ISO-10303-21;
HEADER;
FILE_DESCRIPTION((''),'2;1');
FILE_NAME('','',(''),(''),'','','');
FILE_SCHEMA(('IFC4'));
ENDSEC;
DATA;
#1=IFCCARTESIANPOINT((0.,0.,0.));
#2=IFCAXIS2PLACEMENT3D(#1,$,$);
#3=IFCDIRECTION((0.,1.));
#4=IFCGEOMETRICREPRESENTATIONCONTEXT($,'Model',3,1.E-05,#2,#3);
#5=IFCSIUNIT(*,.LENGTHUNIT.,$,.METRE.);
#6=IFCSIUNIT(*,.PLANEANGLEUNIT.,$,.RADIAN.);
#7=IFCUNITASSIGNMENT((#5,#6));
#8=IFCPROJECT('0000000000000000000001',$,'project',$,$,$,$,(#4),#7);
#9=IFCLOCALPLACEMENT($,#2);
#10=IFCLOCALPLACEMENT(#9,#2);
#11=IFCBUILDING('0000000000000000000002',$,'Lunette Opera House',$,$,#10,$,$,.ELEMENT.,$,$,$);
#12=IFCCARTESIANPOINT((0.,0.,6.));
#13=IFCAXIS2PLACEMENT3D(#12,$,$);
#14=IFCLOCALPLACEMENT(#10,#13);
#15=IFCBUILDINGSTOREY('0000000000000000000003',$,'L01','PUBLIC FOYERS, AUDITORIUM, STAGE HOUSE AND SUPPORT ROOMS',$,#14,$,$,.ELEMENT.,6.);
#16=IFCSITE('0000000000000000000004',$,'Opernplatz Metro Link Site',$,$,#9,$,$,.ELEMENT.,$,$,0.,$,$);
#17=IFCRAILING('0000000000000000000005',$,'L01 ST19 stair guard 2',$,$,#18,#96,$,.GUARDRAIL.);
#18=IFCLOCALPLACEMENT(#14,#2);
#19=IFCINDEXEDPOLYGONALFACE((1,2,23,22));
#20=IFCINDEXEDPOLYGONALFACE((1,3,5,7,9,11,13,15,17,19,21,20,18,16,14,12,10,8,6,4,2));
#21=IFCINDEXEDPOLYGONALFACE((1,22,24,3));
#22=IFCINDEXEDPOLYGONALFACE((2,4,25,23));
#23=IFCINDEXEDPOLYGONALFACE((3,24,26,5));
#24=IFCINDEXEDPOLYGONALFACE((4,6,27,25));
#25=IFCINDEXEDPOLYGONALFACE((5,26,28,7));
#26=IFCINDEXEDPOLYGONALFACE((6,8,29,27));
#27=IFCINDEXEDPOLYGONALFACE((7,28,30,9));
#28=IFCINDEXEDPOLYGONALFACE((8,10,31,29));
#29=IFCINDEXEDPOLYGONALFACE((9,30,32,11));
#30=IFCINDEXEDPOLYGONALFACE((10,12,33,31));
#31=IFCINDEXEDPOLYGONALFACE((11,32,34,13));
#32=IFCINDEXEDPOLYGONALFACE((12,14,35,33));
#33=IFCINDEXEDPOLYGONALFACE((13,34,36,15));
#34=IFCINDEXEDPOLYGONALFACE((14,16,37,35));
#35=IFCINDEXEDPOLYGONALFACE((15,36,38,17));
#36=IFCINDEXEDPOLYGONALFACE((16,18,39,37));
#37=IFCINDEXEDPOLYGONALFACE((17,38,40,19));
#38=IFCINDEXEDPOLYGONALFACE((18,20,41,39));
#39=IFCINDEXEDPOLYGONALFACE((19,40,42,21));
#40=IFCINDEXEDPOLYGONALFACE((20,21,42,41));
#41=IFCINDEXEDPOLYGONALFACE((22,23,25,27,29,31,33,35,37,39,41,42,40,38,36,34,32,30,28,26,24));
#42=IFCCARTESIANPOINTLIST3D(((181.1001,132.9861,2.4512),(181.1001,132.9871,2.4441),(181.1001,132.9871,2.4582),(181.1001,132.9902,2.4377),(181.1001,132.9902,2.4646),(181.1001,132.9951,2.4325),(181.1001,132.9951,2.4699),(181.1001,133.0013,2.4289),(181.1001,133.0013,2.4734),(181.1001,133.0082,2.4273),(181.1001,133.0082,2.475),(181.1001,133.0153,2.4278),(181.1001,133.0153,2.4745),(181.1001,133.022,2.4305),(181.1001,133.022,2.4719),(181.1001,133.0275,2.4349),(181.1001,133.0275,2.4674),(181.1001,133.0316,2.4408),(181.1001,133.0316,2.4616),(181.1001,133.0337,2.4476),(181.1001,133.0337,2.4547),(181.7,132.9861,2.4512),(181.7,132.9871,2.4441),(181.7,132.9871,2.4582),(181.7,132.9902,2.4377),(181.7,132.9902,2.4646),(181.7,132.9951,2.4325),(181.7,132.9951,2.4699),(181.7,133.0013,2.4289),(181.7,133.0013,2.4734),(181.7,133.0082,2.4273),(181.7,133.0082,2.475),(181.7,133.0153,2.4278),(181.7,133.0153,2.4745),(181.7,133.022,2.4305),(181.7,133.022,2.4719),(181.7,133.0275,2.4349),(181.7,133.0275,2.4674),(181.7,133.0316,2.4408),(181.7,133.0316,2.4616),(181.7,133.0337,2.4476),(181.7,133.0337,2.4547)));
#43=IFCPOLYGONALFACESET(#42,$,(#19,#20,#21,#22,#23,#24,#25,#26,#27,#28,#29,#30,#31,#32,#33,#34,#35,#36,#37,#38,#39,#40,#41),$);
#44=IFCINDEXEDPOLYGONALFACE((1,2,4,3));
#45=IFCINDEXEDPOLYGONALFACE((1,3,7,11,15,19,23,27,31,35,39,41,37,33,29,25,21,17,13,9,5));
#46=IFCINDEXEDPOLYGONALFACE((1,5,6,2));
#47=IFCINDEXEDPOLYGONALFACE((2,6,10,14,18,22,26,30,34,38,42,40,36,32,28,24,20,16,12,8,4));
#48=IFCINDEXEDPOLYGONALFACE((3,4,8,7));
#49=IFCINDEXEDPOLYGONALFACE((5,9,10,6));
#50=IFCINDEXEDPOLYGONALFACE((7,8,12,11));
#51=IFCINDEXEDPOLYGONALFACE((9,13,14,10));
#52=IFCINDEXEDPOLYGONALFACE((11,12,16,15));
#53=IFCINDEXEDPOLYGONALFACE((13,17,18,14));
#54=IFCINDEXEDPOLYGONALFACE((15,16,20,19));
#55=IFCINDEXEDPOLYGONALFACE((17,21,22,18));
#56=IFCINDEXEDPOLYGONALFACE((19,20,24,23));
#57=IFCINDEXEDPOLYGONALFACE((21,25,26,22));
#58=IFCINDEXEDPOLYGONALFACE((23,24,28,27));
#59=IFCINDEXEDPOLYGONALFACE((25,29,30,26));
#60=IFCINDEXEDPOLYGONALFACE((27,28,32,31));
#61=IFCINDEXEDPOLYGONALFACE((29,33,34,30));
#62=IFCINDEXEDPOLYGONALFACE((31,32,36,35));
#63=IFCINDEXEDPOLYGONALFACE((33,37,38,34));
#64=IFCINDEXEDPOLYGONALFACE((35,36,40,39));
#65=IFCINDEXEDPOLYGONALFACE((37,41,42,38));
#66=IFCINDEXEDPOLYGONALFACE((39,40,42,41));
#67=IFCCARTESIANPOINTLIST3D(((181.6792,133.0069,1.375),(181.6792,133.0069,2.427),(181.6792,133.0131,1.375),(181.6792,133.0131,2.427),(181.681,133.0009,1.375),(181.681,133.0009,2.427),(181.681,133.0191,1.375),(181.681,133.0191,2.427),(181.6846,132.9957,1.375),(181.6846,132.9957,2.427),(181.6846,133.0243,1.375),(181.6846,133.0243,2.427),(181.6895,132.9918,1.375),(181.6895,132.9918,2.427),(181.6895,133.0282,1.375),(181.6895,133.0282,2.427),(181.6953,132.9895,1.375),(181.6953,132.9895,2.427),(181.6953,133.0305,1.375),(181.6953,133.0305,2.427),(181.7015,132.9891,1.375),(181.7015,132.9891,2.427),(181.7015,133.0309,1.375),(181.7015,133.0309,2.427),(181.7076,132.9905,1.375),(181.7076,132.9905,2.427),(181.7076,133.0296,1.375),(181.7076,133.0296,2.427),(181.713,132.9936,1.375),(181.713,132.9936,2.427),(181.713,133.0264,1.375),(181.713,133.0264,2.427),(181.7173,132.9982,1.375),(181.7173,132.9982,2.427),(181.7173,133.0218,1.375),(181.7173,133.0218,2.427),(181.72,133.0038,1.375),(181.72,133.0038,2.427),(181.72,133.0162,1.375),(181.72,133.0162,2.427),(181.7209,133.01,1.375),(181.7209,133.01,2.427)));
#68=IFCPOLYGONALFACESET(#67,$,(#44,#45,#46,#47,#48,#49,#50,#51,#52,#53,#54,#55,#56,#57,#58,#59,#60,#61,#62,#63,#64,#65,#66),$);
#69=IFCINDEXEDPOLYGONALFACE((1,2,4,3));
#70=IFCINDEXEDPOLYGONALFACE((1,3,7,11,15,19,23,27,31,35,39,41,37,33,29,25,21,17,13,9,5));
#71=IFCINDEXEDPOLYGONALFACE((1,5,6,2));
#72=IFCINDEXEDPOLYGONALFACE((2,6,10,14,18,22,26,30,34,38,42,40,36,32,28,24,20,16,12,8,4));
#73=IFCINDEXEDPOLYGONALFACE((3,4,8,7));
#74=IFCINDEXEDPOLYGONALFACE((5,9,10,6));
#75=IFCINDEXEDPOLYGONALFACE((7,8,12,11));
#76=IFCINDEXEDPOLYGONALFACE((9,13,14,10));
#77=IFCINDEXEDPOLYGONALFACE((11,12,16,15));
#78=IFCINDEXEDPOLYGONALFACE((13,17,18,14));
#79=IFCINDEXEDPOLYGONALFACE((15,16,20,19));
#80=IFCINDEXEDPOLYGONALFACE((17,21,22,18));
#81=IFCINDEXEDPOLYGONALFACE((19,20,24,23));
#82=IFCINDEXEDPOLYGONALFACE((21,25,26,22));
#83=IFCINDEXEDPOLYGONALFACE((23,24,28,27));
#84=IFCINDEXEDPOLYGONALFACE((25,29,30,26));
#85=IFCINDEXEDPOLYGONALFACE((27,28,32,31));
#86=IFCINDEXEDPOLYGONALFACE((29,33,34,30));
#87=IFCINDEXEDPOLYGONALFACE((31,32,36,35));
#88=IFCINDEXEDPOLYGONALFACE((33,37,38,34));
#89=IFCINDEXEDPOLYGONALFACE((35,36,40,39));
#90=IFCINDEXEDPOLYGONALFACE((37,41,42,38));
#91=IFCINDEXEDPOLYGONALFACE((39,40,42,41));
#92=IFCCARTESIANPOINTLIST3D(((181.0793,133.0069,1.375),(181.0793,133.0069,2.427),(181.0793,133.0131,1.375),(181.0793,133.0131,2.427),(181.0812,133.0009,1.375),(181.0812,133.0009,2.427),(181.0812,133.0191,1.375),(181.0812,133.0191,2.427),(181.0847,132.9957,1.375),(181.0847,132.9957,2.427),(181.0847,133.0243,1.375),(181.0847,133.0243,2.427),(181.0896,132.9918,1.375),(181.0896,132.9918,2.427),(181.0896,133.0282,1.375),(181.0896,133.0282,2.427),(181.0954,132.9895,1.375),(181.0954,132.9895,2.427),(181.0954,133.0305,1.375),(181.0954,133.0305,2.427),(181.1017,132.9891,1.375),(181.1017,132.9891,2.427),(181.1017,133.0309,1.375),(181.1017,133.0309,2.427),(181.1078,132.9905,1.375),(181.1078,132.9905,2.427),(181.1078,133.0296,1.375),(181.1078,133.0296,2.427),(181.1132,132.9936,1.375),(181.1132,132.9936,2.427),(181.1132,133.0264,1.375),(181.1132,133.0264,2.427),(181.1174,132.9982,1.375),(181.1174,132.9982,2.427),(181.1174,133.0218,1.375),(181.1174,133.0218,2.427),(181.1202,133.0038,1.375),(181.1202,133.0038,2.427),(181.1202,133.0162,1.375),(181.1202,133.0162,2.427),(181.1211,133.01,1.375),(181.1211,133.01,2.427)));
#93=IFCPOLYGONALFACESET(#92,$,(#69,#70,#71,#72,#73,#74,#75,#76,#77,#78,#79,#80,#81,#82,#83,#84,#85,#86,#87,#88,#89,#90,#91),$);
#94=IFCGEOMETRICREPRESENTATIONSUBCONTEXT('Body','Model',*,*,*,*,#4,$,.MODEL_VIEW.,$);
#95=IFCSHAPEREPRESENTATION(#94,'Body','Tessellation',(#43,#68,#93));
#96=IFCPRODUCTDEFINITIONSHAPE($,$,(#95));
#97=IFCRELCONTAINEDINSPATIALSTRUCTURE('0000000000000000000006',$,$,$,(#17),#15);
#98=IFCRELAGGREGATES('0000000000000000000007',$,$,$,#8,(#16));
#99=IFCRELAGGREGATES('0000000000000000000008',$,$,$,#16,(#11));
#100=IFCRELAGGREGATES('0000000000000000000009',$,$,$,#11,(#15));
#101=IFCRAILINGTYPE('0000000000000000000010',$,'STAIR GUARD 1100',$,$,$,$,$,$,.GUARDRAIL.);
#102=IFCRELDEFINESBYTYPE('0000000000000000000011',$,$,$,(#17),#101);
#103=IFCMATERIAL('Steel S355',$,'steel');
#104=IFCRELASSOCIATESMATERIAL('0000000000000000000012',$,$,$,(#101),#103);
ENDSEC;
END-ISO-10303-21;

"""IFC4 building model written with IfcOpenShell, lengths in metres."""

from ifc_helpers import new_model, si_unit, direction, frame, origin, origin_2d, place, context, subcontext, project, spatial, circle, extrude, material, type_object, element, save


model = new_model("IFC4")

# Units and contexts
model_context = context("Model", 3, precision=1e-05, world=origin(), true_north=direction((0.0, 1.0)))
body_context = subcontext(model_context, "Body", "Model", "MODEL_VIEW")
ifc_project = project(units=[si_unit("LENGTHUNIT", "METRE"), si_unit("PLANEANGLEUNIT", "RADIAN")], contexts=[model_context])

# Site, building, storey
site_placement = place(None, origin())
site = spatial("IfcSite", under=ifc_project, at=site_placement, Name="Opernplatz Metro Link Site", CompositionType="ELEMENT", RefElevation=0.0)
building_placement = place(site_placement, origin())
building = spatial("IfcBuilding", under=site, at=building_placement, Name="Lunette Opera House", CompositionType="ELEMENT")
storey_placement = place(building_placement, frame((0.0, 0.0, 6.0)))
storey = spatial("IfcBuildingStorey", under=building, at=storey_placement, Name="L01", Description="PUBLIC FOYERS, AUDITORIUM, STAGE HOUSE AND SUPPORT ROOMS", CompositionType="ELEMENT", Elevation=6.0)

# Railing
ifc_material_1 = material(Name="Steel S355", Category="steel")
railing_type = type_object("IfcRailingType", Name="STAIR GUARD 1100", PredefinedType="GUARDRAIL", material=ifc_material_1)
railing_1_placement = place(storey_placement, frame((181.7, 133.01, 1.375)))
element("IfcRailing", 1, at=railing_1_placement, inside=storey, type_object=railing_type, Name="L01 ST19 stair guard 2", PredefinedType="GUARDRAIL", context=body_context, shape_type="SweptSolid", body=[
    extrude(circle(Radius=0.0239, at=origin_2d()), frame((0.0, 0.0, 1.0762), z_axis=(-1.0, 0.0, 0.0), x_axis=(0.0, -1.0, 0.0)), (0.0, 0.0, 1.0), 0.5999),
    extrude(circle(Radius=0.021, at=origin_2d()), origin(), (0.0, 0.0, 1.0), 1.052),
    extrude(circle(Radius=0.021, at=origin_2d()), frame((-0.5999, 0.0, 0.0)), (0.0, 0.0, 1.0), 1.052),
])

save(model, "model.ifc")
